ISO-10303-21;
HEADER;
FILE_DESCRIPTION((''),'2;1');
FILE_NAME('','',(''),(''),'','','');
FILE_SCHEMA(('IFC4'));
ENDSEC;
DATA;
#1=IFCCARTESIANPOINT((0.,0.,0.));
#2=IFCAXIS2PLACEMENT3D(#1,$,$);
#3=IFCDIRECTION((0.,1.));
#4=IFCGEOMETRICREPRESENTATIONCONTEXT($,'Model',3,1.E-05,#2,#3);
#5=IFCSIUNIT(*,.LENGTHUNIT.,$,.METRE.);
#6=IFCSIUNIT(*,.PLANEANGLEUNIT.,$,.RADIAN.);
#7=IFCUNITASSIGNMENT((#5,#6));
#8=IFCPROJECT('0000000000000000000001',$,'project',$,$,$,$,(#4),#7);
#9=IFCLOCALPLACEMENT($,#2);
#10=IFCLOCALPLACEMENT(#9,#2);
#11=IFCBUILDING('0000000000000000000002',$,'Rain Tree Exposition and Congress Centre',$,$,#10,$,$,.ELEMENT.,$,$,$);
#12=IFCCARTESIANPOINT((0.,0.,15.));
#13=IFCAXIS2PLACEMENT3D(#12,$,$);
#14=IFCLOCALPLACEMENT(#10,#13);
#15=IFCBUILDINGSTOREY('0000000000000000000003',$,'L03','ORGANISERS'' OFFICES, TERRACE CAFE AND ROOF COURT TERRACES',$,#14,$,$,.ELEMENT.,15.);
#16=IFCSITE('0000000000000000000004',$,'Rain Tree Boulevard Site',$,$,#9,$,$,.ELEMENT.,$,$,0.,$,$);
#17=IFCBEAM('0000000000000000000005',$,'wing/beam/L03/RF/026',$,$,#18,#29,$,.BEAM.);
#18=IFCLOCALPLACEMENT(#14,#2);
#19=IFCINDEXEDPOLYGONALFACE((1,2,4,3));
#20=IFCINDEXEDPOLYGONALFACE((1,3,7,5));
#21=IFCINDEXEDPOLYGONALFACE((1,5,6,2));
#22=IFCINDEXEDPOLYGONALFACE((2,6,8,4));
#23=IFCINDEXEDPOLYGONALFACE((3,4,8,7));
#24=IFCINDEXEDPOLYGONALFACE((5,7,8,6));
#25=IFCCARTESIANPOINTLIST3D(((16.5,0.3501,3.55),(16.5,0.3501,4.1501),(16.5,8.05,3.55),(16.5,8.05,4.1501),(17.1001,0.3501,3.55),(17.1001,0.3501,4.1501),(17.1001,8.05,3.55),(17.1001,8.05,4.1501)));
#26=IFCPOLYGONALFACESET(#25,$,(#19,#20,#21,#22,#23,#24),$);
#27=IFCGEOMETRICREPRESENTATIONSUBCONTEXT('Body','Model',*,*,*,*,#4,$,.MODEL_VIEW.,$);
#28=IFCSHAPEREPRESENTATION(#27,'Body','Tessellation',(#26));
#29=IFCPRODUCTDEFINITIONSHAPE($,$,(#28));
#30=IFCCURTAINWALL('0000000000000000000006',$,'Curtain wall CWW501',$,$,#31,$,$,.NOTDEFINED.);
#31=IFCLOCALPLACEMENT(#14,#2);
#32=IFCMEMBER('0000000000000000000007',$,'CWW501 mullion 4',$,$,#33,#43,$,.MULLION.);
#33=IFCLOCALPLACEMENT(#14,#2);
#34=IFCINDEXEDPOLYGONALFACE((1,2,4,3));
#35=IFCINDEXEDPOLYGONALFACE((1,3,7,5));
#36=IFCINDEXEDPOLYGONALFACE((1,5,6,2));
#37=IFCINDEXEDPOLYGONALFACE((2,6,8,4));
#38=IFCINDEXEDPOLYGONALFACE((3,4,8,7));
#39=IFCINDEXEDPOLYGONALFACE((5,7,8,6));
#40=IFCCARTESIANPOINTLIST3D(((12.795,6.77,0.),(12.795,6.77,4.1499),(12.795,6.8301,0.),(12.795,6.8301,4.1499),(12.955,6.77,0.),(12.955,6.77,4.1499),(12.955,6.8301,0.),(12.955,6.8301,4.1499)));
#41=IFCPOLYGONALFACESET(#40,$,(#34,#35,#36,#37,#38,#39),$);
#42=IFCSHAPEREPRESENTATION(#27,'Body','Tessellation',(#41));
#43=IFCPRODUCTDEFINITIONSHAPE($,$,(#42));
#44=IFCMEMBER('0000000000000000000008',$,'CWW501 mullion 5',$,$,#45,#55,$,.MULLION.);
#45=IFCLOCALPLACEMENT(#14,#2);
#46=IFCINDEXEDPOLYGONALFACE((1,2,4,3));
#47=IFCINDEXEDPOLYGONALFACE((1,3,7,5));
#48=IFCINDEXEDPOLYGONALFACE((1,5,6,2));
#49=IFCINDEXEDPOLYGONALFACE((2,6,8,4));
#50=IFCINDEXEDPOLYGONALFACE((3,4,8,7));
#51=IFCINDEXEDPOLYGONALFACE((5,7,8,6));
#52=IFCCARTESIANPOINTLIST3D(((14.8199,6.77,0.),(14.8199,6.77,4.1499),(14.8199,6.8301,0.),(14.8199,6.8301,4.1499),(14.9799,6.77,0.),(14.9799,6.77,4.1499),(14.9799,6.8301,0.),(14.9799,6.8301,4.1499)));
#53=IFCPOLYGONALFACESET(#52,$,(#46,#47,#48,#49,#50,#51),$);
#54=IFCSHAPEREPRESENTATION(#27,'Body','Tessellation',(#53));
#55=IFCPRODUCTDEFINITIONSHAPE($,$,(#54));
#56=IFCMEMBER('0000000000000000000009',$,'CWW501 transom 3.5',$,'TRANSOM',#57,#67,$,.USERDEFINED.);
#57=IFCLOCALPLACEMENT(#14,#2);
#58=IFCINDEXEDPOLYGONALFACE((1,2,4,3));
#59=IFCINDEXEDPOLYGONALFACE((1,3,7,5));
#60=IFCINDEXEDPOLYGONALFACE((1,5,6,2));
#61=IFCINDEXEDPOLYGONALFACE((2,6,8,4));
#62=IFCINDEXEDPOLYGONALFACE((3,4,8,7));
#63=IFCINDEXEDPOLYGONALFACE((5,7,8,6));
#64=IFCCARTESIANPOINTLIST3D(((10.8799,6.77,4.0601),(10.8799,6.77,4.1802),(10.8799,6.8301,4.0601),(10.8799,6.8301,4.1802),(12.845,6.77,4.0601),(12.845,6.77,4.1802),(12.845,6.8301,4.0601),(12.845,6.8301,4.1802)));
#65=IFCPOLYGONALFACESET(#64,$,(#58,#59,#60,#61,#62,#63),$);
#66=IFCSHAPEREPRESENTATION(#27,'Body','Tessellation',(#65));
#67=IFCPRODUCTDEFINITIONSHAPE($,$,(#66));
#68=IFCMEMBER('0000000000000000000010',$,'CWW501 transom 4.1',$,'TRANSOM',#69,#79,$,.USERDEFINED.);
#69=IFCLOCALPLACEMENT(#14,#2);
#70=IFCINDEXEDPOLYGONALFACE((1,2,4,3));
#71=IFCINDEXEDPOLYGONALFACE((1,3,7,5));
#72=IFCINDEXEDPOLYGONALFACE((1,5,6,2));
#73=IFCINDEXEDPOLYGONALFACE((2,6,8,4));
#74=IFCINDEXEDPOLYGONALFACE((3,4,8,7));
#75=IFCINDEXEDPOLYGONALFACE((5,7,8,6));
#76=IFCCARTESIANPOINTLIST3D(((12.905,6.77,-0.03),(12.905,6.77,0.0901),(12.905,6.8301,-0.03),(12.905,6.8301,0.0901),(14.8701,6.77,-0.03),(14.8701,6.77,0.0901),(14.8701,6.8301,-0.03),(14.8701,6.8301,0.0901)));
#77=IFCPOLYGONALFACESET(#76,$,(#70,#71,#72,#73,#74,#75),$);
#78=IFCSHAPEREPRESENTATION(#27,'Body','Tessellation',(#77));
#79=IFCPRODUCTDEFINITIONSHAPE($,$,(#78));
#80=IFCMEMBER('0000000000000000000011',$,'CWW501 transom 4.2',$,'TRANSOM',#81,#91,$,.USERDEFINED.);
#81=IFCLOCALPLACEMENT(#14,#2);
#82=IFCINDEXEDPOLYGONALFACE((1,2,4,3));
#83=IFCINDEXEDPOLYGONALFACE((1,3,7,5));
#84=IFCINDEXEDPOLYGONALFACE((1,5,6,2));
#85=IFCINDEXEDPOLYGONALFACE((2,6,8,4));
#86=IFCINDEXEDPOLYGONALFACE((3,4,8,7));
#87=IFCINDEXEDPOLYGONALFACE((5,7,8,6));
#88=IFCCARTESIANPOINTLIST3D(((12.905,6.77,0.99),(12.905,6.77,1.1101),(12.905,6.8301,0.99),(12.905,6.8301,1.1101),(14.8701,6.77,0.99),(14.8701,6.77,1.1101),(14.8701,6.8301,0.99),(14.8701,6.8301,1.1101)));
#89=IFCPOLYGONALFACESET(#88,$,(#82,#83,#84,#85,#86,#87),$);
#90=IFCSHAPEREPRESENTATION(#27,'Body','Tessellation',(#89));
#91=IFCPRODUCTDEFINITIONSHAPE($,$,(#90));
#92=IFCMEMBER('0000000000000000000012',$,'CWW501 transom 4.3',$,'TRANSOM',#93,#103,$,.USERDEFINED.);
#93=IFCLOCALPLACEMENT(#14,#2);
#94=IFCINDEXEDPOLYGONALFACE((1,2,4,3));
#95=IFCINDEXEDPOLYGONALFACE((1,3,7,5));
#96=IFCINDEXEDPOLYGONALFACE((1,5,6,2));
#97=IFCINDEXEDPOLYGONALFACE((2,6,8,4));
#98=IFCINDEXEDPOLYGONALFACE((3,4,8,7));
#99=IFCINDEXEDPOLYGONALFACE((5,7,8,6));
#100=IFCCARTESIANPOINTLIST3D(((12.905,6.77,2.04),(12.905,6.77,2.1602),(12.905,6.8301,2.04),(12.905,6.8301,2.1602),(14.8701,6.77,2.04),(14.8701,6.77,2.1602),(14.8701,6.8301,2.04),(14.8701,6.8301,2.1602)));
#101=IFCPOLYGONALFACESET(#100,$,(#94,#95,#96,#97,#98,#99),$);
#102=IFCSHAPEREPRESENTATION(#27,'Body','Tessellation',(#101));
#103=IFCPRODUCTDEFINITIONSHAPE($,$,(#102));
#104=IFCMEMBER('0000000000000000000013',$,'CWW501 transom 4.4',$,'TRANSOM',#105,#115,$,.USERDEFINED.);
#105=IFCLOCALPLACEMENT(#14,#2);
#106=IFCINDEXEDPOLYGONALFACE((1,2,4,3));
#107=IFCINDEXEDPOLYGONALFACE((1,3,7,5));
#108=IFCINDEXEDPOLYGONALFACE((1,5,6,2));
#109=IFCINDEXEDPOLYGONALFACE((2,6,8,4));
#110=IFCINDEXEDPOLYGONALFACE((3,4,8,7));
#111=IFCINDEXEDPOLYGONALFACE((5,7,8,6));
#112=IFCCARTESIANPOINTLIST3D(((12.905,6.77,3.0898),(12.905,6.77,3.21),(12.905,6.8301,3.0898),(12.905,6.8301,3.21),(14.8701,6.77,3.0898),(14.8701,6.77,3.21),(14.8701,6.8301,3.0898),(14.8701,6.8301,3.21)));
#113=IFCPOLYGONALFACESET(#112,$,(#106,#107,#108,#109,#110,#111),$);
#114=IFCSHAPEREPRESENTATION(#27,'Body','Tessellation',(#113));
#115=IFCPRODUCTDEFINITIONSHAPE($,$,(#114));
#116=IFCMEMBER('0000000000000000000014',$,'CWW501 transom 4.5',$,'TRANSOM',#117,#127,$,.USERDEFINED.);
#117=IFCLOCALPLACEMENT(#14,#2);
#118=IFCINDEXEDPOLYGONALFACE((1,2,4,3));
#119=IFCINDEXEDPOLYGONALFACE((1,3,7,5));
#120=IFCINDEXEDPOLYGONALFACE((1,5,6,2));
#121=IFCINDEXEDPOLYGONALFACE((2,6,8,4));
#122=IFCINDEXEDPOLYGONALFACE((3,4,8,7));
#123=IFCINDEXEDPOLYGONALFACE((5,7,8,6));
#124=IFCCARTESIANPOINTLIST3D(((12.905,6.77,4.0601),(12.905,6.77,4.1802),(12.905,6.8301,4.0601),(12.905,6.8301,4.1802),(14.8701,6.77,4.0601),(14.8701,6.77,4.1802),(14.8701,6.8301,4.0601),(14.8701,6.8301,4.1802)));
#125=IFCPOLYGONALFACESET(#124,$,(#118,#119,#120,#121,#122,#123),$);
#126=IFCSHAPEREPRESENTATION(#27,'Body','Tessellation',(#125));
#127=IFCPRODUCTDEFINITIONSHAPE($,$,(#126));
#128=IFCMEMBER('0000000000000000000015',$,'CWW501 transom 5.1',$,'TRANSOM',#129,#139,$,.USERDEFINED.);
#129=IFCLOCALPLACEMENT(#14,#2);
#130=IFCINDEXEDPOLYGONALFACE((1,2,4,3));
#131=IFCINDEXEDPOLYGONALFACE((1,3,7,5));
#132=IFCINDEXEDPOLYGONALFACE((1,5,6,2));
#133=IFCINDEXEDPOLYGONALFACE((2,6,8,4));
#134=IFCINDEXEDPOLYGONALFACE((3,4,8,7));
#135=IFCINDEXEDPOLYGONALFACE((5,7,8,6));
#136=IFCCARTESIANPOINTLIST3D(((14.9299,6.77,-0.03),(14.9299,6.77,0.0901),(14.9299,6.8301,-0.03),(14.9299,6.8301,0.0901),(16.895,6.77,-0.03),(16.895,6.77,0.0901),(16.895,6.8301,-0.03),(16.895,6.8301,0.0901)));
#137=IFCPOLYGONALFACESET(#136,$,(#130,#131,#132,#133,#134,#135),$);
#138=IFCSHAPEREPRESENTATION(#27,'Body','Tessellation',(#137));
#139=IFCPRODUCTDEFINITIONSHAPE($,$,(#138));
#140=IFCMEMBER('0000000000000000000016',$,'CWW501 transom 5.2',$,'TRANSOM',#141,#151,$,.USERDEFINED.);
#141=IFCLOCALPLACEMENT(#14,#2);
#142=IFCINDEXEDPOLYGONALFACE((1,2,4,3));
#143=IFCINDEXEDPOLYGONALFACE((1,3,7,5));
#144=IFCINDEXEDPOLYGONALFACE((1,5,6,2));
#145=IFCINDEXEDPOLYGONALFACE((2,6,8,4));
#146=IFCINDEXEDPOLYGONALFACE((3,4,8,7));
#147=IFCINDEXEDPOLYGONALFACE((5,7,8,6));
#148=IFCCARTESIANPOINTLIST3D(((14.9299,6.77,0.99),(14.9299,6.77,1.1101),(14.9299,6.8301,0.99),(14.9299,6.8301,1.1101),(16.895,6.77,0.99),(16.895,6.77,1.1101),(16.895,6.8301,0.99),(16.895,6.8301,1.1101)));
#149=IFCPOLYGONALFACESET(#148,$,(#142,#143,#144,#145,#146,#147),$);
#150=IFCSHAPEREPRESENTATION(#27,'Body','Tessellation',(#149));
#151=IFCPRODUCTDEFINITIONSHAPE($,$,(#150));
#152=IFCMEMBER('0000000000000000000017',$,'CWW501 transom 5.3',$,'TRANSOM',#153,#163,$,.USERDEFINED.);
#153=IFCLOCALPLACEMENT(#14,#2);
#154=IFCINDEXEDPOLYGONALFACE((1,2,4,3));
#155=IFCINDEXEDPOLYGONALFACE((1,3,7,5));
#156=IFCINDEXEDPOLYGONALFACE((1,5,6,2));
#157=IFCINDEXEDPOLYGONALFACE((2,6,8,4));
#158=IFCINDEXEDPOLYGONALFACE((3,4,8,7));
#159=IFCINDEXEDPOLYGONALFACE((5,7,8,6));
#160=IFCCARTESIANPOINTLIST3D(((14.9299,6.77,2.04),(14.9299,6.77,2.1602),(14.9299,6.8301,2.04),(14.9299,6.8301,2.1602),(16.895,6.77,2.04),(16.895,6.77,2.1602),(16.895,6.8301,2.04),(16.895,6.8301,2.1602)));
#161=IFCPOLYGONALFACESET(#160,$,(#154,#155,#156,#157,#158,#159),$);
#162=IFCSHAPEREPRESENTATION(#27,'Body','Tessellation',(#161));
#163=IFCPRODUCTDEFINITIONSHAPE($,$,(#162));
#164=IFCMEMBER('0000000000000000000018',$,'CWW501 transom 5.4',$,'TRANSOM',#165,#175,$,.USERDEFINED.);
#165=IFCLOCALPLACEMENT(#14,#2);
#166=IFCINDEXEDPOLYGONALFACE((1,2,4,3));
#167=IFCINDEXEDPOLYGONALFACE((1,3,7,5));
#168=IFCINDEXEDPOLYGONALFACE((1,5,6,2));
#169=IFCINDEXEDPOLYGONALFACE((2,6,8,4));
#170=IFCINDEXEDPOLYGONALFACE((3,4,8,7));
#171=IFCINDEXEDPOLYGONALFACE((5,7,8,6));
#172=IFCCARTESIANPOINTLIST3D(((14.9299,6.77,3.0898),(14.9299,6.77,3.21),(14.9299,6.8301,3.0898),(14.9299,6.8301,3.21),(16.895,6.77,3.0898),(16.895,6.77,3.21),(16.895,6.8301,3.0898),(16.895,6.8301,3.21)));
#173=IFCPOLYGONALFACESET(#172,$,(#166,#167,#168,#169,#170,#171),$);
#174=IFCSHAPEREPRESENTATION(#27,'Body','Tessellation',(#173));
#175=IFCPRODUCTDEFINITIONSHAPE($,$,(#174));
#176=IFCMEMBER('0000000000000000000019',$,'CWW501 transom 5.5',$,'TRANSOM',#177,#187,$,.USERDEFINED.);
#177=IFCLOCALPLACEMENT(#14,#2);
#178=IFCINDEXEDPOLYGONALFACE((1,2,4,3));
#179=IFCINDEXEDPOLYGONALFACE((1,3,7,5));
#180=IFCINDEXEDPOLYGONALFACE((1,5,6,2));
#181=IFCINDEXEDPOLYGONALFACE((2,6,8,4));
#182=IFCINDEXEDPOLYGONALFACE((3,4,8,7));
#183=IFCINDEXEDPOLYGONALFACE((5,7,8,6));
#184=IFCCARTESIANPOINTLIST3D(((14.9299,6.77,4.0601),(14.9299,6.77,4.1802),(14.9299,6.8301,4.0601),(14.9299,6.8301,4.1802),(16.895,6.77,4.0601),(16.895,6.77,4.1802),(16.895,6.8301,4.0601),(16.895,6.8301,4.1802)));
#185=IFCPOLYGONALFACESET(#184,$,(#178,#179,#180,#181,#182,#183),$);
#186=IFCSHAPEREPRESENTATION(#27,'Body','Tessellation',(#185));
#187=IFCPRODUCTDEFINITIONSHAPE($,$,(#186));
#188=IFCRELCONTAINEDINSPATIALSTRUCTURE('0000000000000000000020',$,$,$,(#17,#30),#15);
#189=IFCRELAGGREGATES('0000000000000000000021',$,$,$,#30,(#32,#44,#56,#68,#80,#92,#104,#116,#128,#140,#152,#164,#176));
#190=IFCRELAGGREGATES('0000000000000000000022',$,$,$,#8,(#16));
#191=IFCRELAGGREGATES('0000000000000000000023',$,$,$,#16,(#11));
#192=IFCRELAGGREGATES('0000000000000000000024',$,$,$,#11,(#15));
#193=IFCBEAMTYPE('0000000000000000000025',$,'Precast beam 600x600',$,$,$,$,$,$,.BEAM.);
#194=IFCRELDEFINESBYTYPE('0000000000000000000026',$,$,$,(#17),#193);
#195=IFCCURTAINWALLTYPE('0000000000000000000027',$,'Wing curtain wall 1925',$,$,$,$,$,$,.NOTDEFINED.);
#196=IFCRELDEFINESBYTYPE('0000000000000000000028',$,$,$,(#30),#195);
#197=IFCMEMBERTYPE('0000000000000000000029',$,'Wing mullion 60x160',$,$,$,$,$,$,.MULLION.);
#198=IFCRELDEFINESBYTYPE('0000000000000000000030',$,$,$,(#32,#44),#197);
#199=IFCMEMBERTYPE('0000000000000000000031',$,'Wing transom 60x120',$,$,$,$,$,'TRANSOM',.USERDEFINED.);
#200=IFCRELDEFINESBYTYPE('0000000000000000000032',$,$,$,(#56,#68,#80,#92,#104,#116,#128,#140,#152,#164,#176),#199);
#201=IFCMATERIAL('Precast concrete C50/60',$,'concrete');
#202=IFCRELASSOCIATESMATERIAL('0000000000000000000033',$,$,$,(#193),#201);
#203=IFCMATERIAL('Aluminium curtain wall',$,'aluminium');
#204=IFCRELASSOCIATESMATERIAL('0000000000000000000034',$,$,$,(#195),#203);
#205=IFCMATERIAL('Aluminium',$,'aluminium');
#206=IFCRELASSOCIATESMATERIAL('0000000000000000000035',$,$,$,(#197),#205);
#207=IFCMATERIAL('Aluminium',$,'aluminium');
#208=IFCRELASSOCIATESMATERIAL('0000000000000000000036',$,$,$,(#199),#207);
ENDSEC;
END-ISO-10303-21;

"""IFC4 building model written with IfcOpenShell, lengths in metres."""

from ifc_helpers import new_model, si_unit, direction, frame, origin, origin_2d, place, context, subcontext, project, spatial, rectangle, extrude, material, material_profile, profile_set, type_object, element, aggregate, save


model = new_model("IFC4")

# Units and contexts
model_context = context("Model", 3, precision=1e-05, world=origin(), true_north=direction((0.0, 1.0)))
body_context = subcontext(model_context, "Body", "Model", "MODEL_VIEW")
ifc_project = project(units=[si_unit("LENGTHUNIT", "METRE"), si_unit("PLANEANGLEUNIT", "RADIAN")], contexts=[model_context])

# Site, building, storey
site_placement = place(None, origin())
site = spatial("IfcSite", under=ifc_project, at=site_placement, Name="Rain Tree Boulevard Site", CompositionType="ELEMENT", RefElevation=0.0)
building_placement = place(site_placement, origin())
building = spatial("IfcBuilding", under=site, at=building_placement, Name="Rain Tree Exposition and Congress Centre", CompositionType="ELEMENT")
storey_placement = place(building_placement, frame((0.0, 0.0, 15.0)))
storey = spatial("IfcBuildingStorey", under=building, at=storey_placement, Name="L03", Description="ORGANISERS' OFFICES, TERRACE CAFE AND ROOF COURT TERRACES", CompositionType="ELEMENT", Elevation=15.0)

# Beam
ifc_material_1 = material(Name="Precast concrete C50/60", Category="concrete")
ifc_material_profile_1 = material_profile(ifc_material_1, rectangle(XDim=0.6001, YDim=0.6001, at=origin_2d()), Name="RC 600x600")
ifc_profile_set_1 = profile_set([ifc_material_profile_1], Name="Precast concrete C50/60")
beam_type = type_object("IfcBeamType", Name="Precast beam 600x600", PredefinedType="BEAM", material=ifc_profile_set_1)
beam_placement = place(storey_placement, frame((16.8, 0.3501, 3.8501), z_axis=(0.0, 1.0, 0.0), x_axis=(-1.0, 0.0, 0.0)))
element("IfcBeam", 1, at=beam_placement, inside=storey, type_object=beam_type, Name="wing/beam/L03/RF/026", PredefinedType="BEAM", context=body_context, shape_type="SweptSolid", body=[
    extrude(rectangle(XDim=0.6001, YDim=0.6001, at=origin_2d()), origin(), (0.0, 0.0, 1.0), 7.7),
])

# Curtain wall, members
ifc_material_2 = material(Name="Aluminium curtain wall", Category="aluminium")
curtain_wall_type = type_object("IfcCurtainWallType", Name="Wing curtain wall 1925", PredefinedType="NOTDEFINED", material=ifc_material_2)
curtain_wall_placement = place(storey_placement, origin())
curtain_wall = element("IfcCurtainWall", 2, at=curtain_wall_placement, inside=storey, type_object=curtain_wall_type, Name="Curtain wall CWW501", PredefinedType="NOTDEFINED")
ifc_material_3 = material(Name="Aluminium", Category="aluminium")
ifc_material_profile_2 = material_profile(ifc_material_3, rectangle(XDim=0.0601, YDim=0.1599, at=origin_2d()), Name="Aluminium 60x160")
ifc_profile_set_2 = profile_set([ifc_material_profile_2], Name="Aluminium")
member_type_1 = type_object("IfcMemberType", Name="Wing mullion 60x160", PredefinedType="MULLION", material=ifc_profile_set_2)
member_1_placement = place(storey_placement, frame((12.875, 6.8, 0.0), z_axis=(0.0, 0.0, 1.0), x_axis=(0.0, 1.0, 0.0)))
member_1 = element("IfcMember", 3, at=member_1_placement, type_object=member_type_1, Name="CWW501 mullion 4", PredefinedType="MULLION", context=body_context, shape_type="SweptSolid", body=[
    extrude(rectangle(XDim=0.0601, YDim=0.1599, at=origin_2d()), origin(), (0.0, 0.0, 1.0), 4.1499),
])
member_2_placement = place(storey_placement, frame((14.8999, 6.8, 0.0), z_axis=(0.0, 0.0, 1.0), x_axis=(0.0, 1.0, 0.0)))
member_2 = element("IfcMember", 4, at=member_2_placement, type_object=member_type_1, Name="CWW501 mullion 5", PredefinedType="MULLION", context=body_context, shape_type="SweptSolid", body=[
    extrude(rectangle(XDim=0.0601, YDim=0.1599, at=origin_2d()), origin(), (0.0, 0.0, 1.0), 4.1499),
])
ifc_material_4 = material(Name="Aluminium", Category="aluminium")
ifc_material_profile_3 = material_profile(ifc_material_4, rectangle(XDim=0.0601, YDim=0.1201, at=origin_2d()), Name="Aluminium 60x120")
ifc_profile_set_3 = profile_set([ifc_material_profile_3], Name="Aluminium")
member_type_2 = type_object("IfcMemberType", Name="Wing transom 60x120", ElementType="TRANSOM", PredefinedType="USERDEFINED", material=ifc_profile_set_3)
member_3_placement = place(storey_placement, frame((10.8799, 6.8, 4.1201), z_axis=(1.0, 0.0, 0.0), x_axis=(0.0, 1.0, 0.0)))
member_3 = element("IfcMember", 5, at=member_3_placement, type_object=member_type_2, Name="CWW501 transom 3.5", ObjectType="TRANSOM", PredefinedType="USERDEFINED", context=body_context, shape_type="SweptSolid", body=[
    extrude(rectangle(XDim=0.0601, YDim=0.1201, at=origin_2d()), origin(), (0.0, 0.0, 1.0), 1.9651),
])
member_4_placement = place(storey_placement, frame((12.905, 6.8, 0.03), z_axis=(1.0, 0.0, 0.0), x_axis=(0.0, 1.0, 0.0)))
member_4 = element("IfcMember", 6, at=member_4_placement, type_object=member_type_2, Name="CWW501 transom 4.1", ObjectType="TRANSOM", PredefinedType="USERDEFINED", context=body_context, shape_type="SweptSolid", body=[
    extrude(rectangle(XDim=0.0601, YDim=0.1201, at=origin_2d()), origin(), (0.0, 0.0, 1.0), 1.9651),
])
member_5_placement = place(storey_placement, frame((12.905, 6.8, 1.05), z_axis=(1.0, 0.0, 0.0), x_axis=(0.0, 1.0, 0.0)))
member_5 = element("IfcMember", 7, at=member_5_placement, type_object=member_type_2, Name="CWW501 transom 4.2", ObjectType="TRANSOM", PredefinedType="USERDEFINED", context=body_context, shape_type="SweptSolid", body=[
    extrude(rectangle(XDim=0.0601, YDim=0.1201, at=origin_2d()), origin(), (0.0, 0.0, 1.0), 1.9651),
])
member_6_placement = place(storey_placement, frame((12.905, 6.8, 2.1001), z_axis=(1.0, 0.0, 0.0), x_axis=(0.0, 1.0, 0.0)))
member_6 = element("IfcMember", 8, at=member_6_placement, type_object=member_type_2, Name="CWW501 transom 4.3", ObjectType="TRANSOM", PredefinedType="USERDEFINED", context=body_context, shape_type="SweptSolid", body=[
    extrude(rectangle(XDim=0.0601, YDim=0.1201, at=origin_2d()), origin(), (0.0, 0.0, 1.0), 1.9651),
])
member_7_placement = place(storey_placement, frame((12.905, 6.8, 3.1499), z_axis=(1.0, 0.0, 0.0), x_axis=(0.0, 1.0, 0.0)))
member_7 = element("IfcMember", 9, at=member_7_placement, type_object=member_type_2, Name="CWW501 transom 4.4", ObjectType="TRANSOM", PredefinedType="USERDEFINED", context=body_context, shape_type="SweptSolid", body=[
    extrude(rectangle(XDim=0.0601, YDim=0.1201, at=origin_2d()), origin(), (0.0, 0.0, 1.0), 1.9651),
])
member_8_placement = place(storey_placement, frame((12.905, 6.8, 4.1201), z_axis=(1.0, 0.0, 0.0), x_axis=(0.0, 1.0, 0.0)))
member_8 = element("IfcMember", 10, at=member_8_placement, type_object=member_type_2, Name="CWW501 transom 4.5", ObjectType="TRANSOM", PredefinedType="USERDEFINED", context=body_context, shape_type="SweptSolid", body=[
    extrude(rectangle(XDim=0.0601, YDim=0.1201, at=origin_2d()), origin(), (0.0, 0.0, 1.0), 1.9651),
])
member_9_placement = place(storey_placement, frame((14.9299, 6.8, 0.03), z_axis=(1.0, 0.0, 0.0), x_axis=(0.0, 1.0, 0.0)))
member_9 = element("IfcMember", 11, at=member_9_placement, type_object=member_type_2, Name="CWW501 transom 5.1", ObjectType="TRANSOM", PredefinedType="USERDEFINED", context=body_context, shape_type="SweptSolid", body=[
    extrude(rectangle(XDim=0.0601, YDim=0.1201, at=origin_2d()), origin(), (0.0, 0.0, 1.0), 1.9651),
])
member_10_placement = place(storey_placement, frame((14.9299, 6.8, 1.05), z_axis=(1.0, 0.0, 0.0), x_axis=(0.0, 1.0, 0.0)))
member_10 = element("IfcMember", 12, at=member_10_placement, type_object=member_type_2, Name="CWW501 transom 5.2", ObjectType="TRANSOM", PredefinedType="USERDEFINED", context=body_context, shape_type="SweptSolid", body=[
    extrude(rectangle(XDim=0.0601, YDim=0.1201, at=origin_2d()), origin(), (0.0, 0.0, 1.0), 1.9651),
])
member_11_placement = place(storey_placement, frame((14.9299, 6.8, 2.1001), z_axis=(1.0, 0.0, 0.0), x_axis=(0.0, 1.0, 0.0)))
member_11 = element("IfcMember", 13, at=member_11_placement, type_object=member_type_2, Name="CWW501 transom 5.3", ObjectType="TRANSOM", PredefinedType="USERDEFINED", context=body_context, shape_type="SweptSolid", body=[
    extrude(rectangle(XDim=0.0601, YDim=0.1201, at=origin_2d()), origin(), (0.0, 0.0, 1.0), 1.9651),
])
member_12_placement = place(storey_placement, frame((14.9299, 6.8, 3.1499), z_axis=(1.0, 0.0, 0.0), x_axis=(0.0, 1.0, 0.0)))
member_12 = element("IfcMember", 14, at=member_12_placement, type_object=member_type_2, Name="CWW501 transom 5.4", ObjectType="TRANSOM", PredefinedType="USERDEFINED", context=body_context, shape_type="SweptSolid", body=[
    extrude(rectangle(XDim=0.0601, YDim=0.1201, at=origin_2d()), origin(), (0.0, 0.0, 1.0), 1.9651),
])
member_13_placement = place(storey_placement, frame((14.9299, 6.8, 4.1201), z_axis=(1.0, 0.0, 0.0), x_axis=(0.0, 1.0, 0.0)))
member_13 = element("IfcMember", 15, at=member_13_placement, type_object=member_type_2, Name="CWW501 transom 5.5", ObjectType="TRANSOM", PredefinedType="USERDEFINED", context=body_context, shape_type="SweptSolid", body=[
    extrude(rectangle(XDim=0.0601, YDim=0.1201, at=origin_2d()), origin(), (0.0, 0.0, 1.0), 1.9651),
])
aggregate(curtain_wall, [member_1, member_2, member_3, member_4, member_5, member_6, member_7, member_8, member_9, member_10, member_11, member_12, member_13])

save(model, "model.ifc")
